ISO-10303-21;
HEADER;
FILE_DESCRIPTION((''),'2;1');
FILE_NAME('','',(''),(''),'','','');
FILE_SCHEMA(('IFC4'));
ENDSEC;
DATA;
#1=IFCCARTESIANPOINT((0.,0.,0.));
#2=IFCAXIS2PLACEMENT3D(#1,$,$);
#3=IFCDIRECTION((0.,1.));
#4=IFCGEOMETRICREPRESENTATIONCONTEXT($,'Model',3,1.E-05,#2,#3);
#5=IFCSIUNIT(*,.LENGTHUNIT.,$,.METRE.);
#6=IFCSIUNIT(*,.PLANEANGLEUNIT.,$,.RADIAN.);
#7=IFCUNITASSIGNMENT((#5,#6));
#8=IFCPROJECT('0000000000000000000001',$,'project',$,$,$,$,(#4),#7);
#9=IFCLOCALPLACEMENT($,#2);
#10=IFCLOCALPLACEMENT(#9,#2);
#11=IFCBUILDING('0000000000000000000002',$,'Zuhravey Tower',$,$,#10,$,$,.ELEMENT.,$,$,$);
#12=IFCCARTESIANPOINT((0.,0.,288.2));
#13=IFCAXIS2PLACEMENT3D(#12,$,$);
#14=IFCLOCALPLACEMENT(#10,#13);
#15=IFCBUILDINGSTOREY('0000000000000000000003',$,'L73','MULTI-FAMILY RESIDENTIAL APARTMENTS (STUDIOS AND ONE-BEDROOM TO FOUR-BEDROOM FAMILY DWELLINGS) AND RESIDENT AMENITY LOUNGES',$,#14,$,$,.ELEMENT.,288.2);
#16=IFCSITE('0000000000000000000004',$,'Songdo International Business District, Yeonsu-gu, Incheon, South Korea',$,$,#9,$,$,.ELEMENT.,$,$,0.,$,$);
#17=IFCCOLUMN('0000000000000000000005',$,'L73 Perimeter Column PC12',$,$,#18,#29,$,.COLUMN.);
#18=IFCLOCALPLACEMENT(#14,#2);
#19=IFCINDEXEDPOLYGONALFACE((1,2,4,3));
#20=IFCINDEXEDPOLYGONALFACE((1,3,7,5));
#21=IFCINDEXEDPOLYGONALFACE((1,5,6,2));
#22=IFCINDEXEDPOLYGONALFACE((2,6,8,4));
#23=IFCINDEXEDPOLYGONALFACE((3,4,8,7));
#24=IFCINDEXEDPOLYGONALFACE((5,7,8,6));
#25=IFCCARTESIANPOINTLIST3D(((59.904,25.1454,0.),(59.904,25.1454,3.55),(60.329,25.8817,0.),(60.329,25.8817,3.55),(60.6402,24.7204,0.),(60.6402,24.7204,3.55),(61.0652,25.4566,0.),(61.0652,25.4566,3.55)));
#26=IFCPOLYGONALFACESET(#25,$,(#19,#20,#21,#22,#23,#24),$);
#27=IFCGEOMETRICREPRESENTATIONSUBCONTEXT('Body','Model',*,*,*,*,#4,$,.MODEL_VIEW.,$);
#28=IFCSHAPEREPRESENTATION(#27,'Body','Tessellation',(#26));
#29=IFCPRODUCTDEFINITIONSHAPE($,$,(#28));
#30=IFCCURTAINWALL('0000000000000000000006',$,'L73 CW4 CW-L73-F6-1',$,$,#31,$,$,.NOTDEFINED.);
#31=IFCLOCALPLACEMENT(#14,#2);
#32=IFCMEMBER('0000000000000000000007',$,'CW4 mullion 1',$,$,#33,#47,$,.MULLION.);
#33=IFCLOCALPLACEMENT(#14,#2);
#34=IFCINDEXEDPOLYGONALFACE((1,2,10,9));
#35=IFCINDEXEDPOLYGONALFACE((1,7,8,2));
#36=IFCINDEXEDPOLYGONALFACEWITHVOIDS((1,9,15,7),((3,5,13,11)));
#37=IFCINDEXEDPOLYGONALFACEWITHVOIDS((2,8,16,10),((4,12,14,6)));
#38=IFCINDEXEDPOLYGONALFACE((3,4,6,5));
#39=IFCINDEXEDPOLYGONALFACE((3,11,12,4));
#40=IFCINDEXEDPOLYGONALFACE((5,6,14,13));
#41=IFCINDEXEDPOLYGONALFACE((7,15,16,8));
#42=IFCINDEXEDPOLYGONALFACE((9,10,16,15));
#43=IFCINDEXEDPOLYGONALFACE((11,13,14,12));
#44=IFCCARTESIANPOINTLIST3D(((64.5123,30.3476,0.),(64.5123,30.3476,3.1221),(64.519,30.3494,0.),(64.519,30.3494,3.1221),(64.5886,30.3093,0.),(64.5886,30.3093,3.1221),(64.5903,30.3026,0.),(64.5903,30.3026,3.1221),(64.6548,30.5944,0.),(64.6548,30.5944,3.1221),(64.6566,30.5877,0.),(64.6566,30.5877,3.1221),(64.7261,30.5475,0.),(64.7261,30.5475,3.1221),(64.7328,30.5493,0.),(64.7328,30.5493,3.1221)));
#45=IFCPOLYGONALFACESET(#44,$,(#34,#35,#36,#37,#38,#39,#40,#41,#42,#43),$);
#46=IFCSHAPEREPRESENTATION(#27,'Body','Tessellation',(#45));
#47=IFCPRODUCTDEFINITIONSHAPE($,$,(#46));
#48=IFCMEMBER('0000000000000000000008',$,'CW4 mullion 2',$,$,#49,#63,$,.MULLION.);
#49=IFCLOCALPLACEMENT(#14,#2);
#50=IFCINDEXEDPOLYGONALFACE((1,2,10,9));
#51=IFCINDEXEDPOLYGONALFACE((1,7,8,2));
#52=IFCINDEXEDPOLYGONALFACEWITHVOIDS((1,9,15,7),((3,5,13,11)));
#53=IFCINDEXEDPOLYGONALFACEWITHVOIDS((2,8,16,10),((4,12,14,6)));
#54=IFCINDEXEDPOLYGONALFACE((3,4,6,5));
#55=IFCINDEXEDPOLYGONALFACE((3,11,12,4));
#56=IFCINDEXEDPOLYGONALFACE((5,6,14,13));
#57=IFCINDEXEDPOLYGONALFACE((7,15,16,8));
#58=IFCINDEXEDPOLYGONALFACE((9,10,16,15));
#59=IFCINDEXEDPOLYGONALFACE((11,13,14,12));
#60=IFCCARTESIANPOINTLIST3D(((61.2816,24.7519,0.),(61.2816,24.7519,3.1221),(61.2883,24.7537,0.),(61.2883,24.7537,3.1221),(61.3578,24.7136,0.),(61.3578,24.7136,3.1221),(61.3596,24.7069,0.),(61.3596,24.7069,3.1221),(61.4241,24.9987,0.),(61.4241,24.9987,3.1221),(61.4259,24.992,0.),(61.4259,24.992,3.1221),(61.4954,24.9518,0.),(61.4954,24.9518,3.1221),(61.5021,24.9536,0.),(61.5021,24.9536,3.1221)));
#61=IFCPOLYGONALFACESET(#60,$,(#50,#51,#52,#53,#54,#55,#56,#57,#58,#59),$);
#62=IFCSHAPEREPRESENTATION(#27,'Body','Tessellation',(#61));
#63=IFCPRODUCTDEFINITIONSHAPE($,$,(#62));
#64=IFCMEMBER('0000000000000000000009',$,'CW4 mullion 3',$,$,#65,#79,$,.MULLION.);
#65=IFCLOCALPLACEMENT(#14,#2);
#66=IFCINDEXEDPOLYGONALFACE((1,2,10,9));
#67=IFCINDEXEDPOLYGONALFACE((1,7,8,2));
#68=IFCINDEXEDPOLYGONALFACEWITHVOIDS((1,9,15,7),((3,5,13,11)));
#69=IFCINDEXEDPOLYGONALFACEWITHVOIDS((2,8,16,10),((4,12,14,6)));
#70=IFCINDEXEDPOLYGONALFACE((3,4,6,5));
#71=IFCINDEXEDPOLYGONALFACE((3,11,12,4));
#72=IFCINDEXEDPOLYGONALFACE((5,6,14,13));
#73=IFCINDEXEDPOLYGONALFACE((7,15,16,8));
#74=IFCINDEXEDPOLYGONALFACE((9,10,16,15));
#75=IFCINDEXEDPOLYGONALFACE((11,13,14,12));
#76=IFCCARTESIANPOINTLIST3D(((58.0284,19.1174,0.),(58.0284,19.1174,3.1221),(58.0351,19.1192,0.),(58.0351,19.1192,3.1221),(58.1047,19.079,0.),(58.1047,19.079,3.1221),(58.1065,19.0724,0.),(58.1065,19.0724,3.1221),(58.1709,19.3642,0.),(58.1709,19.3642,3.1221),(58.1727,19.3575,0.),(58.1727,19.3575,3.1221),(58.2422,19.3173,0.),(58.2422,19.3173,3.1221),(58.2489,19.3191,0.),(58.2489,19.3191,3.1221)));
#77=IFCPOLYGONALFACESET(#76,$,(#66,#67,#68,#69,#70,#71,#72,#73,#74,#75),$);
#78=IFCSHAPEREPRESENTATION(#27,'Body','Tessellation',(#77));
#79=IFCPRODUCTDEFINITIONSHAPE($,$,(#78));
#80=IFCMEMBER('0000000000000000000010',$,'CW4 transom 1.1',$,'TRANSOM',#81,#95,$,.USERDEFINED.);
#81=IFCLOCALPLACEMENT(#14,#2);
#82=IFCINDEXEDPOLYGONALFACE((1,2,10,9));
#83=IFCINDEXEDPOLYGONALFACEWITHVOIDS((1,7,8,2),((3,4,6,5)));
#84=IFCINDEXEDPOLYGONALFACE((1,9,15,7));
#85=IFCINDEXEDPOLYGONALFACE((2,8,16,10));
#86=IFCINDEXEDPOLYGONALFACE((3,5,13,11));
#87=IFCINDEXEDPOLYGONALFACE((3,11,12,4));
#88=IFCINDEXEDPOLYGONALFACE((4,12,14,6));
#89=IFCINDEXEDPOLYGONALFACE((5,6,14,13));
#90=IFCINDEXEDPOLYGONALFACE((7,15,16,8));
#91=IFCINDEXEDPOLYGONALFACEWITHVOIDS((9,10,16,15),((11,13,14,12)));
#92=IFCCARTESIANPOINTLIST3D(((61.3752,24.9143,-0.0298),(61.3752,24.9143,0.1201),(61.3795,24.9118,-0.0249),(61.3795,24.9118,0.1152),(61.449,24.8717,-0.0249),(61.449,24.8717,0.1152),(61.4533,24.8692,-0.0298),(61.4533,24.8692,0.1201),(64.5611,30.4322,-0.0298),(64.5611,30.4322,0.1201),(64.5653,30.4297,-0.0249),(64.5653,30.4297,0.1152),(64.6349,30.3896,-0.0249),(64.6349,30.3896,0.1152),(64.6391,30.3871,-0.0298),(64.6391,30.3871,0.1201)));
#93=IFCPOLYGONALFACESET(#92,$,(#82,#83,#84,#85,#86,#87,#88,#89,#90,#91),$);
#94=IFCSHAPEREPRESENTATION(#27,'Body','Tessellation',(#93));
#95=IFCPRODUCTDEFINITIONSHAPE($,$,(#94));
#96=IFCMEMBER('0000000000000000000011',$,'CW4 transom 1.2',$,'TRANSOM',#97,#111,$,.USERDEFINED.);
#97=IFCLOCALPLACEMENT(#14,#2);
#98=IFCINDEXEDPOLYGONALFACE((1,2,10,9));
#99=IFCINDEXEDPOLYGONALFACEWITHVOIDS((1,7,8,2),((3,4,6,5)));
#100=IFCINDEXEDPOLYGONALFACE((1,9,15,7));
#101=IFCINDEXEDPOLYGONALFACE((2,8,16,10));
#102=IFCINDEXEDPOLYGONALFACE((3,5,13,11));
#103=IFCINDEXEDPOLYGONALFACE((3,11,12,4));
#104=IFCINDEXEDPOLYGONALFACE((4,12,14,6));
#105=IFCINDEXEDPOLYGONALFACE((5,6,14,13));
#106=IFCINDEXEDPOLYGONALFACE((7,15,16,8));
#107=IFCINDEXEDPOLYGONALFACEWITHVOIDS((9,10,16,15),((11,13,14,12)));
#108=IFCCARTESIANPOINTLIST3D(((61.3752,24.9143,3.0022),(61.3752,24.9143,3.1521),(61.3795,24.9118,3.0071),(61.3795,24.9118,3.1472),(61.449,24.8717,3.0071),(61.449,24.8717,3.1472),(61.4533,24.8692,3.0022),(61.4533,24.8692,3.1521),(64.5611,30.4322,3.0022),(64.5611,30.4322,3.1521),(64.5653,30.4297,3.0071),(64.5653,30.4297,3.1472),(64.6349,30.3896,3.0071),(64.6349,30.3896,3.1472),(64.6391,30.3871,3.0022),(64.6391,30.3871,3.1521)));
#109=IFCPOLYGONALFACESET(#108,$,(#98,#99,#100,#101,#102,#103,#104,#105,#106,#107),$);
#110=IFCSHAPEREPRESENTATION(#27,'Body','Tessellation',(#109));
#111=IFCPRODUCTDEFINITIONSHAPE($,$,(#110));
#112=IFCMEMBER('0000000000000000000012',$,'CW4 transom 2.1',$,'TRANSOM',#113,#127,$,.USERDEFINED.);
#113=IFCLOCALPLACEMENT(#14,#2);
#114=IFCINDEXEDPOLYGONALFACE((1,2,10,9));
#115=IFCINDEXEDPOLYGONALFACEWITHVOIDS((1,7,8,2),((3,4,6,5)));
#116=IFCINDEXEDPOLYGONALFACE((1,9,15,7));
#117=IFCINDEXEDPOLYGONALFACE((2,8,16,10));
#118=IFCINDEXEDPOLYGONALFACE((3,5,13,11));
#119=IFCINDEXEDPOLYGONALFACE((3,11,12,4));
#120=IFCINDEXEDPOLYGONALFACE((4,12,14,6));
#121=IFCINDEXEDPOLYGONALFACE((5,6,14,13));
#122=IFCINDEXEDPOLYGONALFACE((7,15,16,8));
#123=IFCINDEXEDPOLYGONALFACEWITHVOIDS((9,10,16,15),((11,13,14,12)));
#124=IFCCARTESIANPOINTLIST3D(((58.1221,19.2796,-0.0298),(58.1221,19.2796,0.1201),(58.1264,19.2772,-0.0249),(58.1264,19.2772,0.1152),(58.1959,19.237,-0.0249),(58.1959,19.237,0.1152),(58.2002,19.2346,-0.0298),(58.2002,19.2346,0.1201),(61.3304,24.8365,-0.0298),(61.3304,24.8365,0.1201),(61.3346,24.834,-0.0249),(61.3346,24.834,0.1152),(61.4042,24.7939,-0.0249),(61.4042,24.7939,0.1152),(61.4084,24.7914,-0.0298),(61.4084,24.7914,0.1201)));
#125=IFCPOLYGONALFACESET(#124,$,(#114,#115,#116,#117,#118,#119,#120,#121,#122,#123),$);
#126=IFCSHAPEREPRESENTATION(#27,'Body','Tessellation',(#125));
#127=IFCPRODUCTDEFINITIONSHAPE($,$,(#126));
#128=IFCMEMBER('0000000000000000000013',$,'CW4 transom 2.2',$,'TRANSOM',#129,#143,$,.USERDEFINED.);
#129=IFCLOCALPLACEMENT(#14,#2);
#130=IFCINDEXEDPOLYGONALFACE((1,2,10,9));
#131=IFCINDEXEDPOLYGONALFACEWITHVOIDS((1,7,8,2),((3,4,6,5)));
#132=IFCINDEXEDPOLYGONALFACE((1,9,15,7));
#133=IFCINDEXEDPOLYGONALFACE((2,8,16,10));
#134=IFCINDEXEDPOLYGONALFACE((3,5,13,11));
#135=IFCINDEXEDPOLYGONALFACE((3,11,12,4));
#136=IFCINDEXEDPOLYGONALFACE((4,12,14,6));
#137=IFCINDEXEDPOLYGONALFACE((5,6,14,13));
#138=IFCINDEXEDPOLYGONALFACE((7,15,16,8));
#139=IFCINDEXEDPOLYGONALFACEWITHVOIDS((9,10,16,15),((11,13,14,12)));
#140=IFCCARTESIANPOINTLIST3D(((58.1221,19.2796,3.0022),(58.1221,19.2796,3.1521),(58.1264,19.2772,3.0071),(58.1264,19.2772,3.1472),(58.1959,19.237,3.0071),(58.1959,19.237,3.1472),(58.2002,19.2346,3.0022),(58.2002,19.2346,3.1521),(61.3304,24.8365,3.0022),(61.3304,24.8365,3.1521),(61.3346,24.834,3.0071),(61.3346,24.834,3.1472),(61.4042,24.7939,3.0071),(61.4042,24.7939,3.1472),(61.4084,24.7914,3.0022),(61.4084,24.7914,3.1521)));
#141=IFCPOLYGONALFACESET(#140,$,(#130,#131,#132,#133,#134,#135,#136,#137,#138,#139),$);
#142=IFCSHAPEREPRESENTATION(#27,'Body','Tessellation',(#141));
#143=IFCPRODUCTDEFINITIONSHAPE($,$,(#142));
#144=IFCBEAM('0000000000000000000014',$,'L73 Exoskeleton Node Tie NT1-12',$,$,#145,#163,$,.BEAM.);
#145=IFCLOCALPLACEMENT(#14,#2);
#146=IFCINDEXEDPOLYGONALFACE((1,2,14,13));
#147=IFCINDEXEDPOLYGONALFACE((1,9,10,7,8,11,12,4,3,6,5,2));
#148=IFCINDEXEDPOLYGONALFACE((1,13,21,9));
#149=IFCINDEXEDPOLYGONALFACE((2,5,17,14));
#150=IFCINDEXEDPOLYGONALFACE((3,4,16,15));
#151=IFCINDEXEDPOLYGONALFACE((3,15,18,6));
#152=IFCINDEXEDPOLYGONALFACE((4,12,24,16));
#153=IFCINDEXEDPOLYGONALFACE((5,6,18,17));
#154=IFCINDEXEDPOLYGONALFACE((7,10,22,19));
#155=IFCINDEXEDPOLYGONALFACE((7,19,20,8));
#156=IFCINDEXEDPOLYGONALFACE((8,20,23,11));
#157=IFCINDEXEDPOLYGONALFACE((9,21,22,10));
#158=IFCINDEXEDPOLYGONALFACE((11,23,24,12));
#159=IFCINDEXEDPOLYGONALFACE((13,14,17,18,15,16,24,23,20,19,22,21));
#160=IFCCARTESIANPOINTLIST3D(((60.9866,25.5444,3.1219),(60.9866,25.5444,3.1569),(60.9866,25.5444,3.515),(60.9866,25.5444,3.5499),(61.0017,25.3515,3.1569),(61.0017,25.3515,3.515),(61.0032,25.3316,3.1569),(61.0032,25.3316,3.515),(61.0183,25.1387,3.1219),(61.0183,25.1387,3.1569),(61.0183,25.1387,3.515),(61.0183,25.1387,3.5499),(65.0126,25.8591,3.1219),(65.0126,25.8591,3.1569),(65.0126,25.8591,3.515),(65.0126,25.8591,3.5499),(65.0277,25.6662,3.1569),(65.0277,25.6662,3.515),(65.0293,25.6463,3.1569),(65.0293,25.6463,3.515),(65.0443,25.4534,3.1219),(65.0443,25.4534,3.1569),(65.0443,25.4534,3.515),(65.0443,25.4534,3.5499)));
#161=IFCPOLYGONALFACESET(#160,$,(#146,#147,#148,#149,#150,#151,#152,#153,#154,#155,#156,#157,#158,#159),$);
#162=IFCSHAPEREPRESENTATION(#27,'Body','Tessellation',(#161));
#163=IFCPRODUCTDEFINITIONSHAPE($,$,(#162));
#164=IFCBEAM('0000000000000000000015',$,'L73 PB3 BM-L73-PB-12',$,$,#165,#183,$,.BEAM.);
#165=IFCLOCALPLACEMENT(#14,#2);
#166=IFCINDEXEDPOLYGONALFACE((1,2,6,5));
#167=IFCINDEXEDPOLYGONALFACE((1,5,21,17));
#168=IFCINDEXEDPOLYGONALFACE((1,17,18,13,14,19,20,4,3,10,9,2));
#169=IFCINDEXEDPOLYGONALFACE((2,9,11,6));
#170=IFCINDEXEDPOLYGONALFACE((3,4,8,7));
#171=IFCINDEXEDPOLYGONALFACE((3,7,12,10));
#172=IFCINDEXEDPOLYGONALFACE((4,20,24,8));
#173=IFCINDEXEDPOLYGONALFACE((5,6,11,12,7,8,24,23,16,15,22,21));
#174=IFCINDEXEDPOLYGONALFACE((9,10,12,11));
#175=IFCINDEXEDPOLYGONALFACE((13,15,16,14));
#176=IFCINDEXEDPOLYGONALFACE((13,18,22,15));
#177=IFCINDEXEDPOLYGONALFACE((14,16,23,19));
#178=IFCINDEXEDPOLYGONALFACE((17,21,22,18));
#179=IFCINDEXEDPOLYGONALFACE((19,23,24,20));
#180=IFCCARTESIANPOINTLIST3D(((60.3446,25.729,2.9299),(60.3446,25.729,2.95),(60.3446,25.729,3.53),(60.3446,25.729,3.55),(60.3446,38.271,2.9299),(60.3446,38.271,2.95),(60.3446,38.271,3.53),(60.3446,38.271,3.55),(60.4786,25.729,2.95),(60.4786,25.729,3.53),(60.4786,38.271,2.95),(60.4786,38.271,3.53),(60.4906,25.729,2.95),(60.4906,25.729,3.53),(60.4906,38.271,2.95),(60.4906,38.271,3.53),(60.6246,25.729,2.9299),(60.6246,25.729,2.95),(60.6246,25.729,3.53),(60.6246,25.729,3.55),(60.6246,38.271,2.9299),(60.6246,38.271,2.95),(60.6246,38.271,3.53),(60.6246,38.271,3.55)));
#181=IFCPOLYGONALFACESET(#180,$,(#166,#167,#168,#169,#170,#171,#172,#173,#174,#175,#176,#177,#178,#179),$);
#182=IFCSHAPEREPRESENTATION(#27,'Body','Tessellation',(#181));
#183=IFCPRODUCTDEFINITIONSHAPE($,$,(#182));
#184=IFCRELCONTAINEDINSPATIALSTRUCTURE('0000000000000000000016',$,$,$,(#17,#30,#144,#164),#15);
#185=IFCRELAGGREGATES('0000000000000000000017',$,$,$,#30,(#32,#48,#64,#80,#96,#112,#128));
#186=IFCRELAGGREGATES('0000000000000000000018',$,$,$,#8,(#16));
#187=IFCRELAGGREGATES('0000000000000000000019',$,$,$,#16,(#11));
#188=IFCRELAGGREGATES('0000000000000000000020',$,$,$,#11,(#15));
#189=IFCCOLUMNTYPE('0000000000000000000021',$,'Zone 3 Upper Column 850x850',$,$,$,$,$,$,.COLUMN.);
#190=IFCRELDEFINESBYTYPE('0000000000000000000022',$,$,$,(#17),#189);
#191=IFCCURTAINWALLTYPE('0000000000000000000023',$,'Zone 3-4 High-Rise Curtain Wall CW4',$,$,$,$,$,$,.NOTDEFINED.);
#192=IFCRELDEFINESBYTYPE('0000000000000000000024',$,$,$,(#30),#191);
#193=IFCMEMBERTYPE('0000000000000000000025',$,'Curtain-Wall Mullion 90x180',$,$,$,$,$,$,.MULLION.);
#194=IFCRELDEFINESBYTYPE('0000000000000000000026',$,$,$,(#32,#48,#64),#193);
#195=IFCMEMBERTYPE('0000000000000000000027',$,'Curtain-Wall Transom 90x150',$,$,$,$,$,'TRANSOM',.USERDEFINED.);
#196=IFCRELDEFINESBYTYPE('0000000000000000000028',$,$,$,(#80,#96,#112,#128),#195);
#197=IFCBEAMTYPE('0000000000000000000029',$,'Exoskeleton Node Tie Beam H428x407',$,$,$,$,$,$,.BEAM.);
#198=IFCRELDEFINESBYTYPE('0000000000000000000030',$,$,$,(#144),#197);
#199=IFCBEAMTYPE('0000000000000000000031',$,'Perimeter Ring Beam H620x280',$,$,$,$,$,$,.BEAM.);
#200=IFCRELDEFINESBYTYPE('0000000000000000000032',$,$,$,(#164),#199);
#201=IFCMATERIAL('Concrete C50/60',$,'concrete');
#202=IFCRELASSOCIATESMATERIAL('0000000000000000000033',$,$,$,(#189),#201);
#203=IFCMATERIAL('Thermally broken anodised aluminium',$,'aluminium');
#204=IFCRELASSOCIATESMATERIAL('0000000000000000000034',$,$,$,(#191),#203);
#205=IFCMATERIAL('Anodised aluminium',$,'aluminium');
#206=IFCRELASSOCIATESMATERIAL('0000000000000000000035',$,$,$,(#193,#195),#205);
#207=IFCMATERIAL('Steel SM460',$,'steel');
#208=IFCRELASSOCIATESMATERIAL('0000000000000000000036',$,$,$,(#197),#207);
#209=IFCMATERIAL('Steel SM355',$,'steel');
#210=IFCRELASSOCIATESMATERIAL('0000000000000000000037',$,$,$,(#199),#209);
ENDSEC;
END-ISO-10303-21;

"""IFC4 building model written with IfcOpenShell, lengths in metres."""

from ifc_helpers import new_model, si_unit, direction, frame, origin, origin_2d, place, context, subcontext, project, spatial, rectangle, hollow_rectangle, i_section, extrude, material, material_profile, profile_set, type_object, element, aggregate, save


model = new_model("IFC4")

# Units and contexts
model_context = context("Model", 3, precision=1e-05, world=origin(), true_north=direction((0.0, 1.0)))
body_context = subcontext(model_context, "Body", "Model", "MODEL_VIEW")
ifc_project = project(units=[si_unit("LENGTHUNIT", "METRE"), si_unit("PLANEANGLEUNIT", "RADIAN")], contexts=[model_context])

# Site, building, storey
site_placement = place(None, origin())
site = spatial("IfcSite", under=ifc_project, at=site_placement, Name="Songdo International Business District, Yeonsu-gu, Incheon, South Korea", CompositionType="ELEMENT", RefElevation=0.0)
building_placement = place(site_placement, origin())
building = spatial("IfcBuilding", under=site, at=building_placement, Name="Zuhravey Tower", CompositionType="ELEMENT")
storey_placement = place(building_placement, frame((0.0, 0.0, 288.2)))
storey = spatial("IfcBuildingStorey", under=building, at=storey_placement, Name="L73", Description="MULTI-FAMILY RESIDENTIAL APARTMENTS (STUDIOS AND ONE-BEDROOM TO FOUR-BEDROOM FAMILY DWELLINGS) AND RESIDENT AMENITY LOUNGES", CompositionType="ELEMENT", Elevation=288.2)

# Column
ifc_material_1 = material(Name="Concrete C50/60", Category="concrete")
ifc_material_profile_1 = material_profile(ifc_material_1, rectangle(XDim=0.8501, YDim=0.8501, at=origin_2d()), Name="RC-850x850")
ifc_profile_set_1 = profile_set([ifc_material_profile_1], Name="Concrete C50/60")
column_type = type_object("IfcColumnType", Name="Zone 3 Upper Column 850x850", PredefinedType="COLUMN", material=ifc_profile_set_1)
column_placement = place(storey_placement, frame((60.4846, 25.301, 0.0), z_axis=(0.0, 0.0, 1.0), x_axis=(0.5, 0.866025, 0.0)))
element("IfcColumn", 1, at=column_placement, inside=storey, type_object=column_type, Name="L73 Perimeter Column PC12", PredefinedType="COLUMN", context=body_context, shape_type="SweptSolid", body=[
    extrude(rectangle(XDim=0.8501, YDim=0.8501, at=origin_2d()), origin(), (0.0, 0.0, 1.0), 3.55),
])

# Curtain wall, members
ifc_material_2 = material(Name="Thermally broken anodised aluminium", Category="aluminium")
curtain_wall_type = type_object("IfcCurtainWallType", Name="Zone 3-4 High-Rise Curtain Wall CW4", PredefinedType="NOTDEFINED", material=ifc_material_2)
curtain_wall_placement = place(storey_placement, origin())
curtain_wall = element("IfcCurtainWall", 2, at=curtain_wall_placement, inside=storey, type_object=curtain_wall_type, Name="L73 CW4 CW-L73-F6-1", PredefinedType="NOTDEFINED")
ifc_material_3 = material(Name="Anodised aluminium", Category="aluminium")
ifc_material_profile_2 = material_profile(ifc_material_3, hollow_rectangle(XDim=0.0901, YDim=0.2849, WallThickness=0.0049, at=origin_2d()), Name="ALU-RHS-90x285x5")
ifc_profile_set_2 = profile_set([ifc_material_profile_2], Name="Anodised aluminium")
member_type_1 = type_object("IfcMemberType", Name="Curtain-Wall Mullion 90x180", PredefinedType="MULLION", material=ifc_profile_set_2)
member_1_placement = place(storey_placement, frame((64.6226, 30.4485, 0.0), z_axis=(0.0, 0.0, 1.0), x_axis=(0.866025, -0.500001, 0.0)))
member_1 = element("IfcMember", 3, at=member_1_placement, type_object=member_type_1, Name="CW4 mullion 1", PredefinedType="MULLION", context=body_context, shape_type="SweptSolid", body=[
    extrude(hollow_rectangle(XDim=0.0901, YDim=0.2849, WallThickness=0.0049, at=origin_2d()), origin(), (0.0, 0.0, 1.0), 3.1221),
])
member_2_placement = place(storey_placement, frame((61.3918, 24.8528, 0.0), z_axis=(0.0, 0.0, 1.0), x_axis=(0.866025, -0.500001, 0.0)))
member_2 = element("IfcMember", 4, at=member_2_placement, type_object=member_type_1, Name="CW4 mullion 2", PredefinedType="MULLION", context=body_context, shape_type="SweptSolid", body=[
    extrude(hollow_rectangle(XDim=0.0901, YDim=0.2849, WallThickness=0.0049, at=origin_2d()), origin(), (0.0, 0.0, 1.0), 3.1221),
])
member_3_placement = place(storey_placement, frame((58.1387, 19.2183, 0.0), z_axis=(0.0, 0.0, 1.0), x_axis=(0.866025, -0.500001, 0.0)))
member_3 = element("IfcMember", 5, at=member_3_placement, type_object=member_type_1, Name="CW4 mullion 3", PredefinedType="MULLION", context=body_context, shape_type="SweptSolid", body=[
    extrude(hollow_rectangle(XDim=0.0901, YDim=0.2849, WallThickness=0.0049, at=origin_2d()), origin(), (0.0, 0.0, 1.0), 3.1221),
])
ifc_material_profile_3 = material_profile(ifc_material_3, hollow_rectangle(XDim=0.0901, YDim=0.1499, WallThickness=0.0049, at=origin_2d()), Name="ALU-RHS-90x150x5")
ifc_profile_set_3 = profile_set([ifc_material_profile_3], Name="Anodised aluminium")
member_type_2 = type_object("IfcMemberType", Name="Curtain-Wall Transom 90x150", ElementType="TRANSOM", PredefinedType="USERDEFINED", material=ifc_profile_set_3)
member_4_placement = place(storey_placement, frame((64.6001, 30.4097, 0.0452), z_axis=(-0.500009, -0.86602, 0.0), x_axis=(0.86602, -0.500009, 0.0)))
member_4 = element("IfcMember", 6, at=member_4_placement, type_object=member_type_2, Name="CW4 transom 1.1", ObjectType="TRANSOM", PredefinedType="USERDEFINED", context=body_context, shape_type="SweptSolid", body=[
    extrude(hollow_rectangle(XDim=0.0901, YDim=0.1499, WallThickness=0.0049, at=origin_2d()), origin(), (0.0, 0.0, 1.0), 6.3716),
])
member_5_placement = place(storey_placement, frame((64.6001, 30.4097, 3.0771), z_axis=(-0.500009, -0.86602, 0.0), x_axis=(0.86602, -0.500009, 0.0)))
member_5 = element("IfcMember", 7, at=member_5_placement, type_object=member_type_2, Name="CW4 transom 1.2", ObjectType="TRANSOM", PredefinedType="USERDEFINED", context=body_context, shape_type="SweptSolid", body=[
    extrude(hollow_rectangle(XDim=0.0901, YDim=0.1499, WallThickness=0.0049, at=origin_2d()), origin(), (0.0, 0.0, 1.0), 6.3716),
])
member_6_placement = place(storey_placement, frame((61.3694, 24.814, 0.0452), z_axis=(-0.499998, -0.866027, 0.0), x_axis=(0.866027, -0.499998, 0.0)))
member_6 = element("IfcMember", 8, at=member_6_placement, type_object=member_type_2, Name="CW4 transom 2.1", ObjectType="TRANSOM", PredefinedType="USERDEFINED", context=body_context, shape_type="SweptSolid", body=[
    extrude(hollow_rectangle(XDim=0.0901, YDim=0.1499, WallThickness=0.0049, at=origin_2d()), origin(), (0.0, 0.0, 1.0), 6.4165),
])
member_7_placement = place(storey_placement, frame((61.3694, 24.814, 3.0771), z_axis=(-0.499998, -0.866027, 0.0), x_axis=(0.866027, -0.499998, 0.0)))
member_7 = element("IfcMember", 9, at=member_7_placement, type_object=member_type_2, Name="CW4 transom 2.2", ObjectType="TRANSOM", PredefinedType="USERDEFINED", context=body_context, shape_type="SweptSolid", body=[
    extrude(hollow_rectangle(XDim=0.0901, YDim=0.1499, WallThickness=0.0049, at=origin_2d()), origin(), (0.0, 0.0, 1.0), 6.4165),
])

# Beams
ifc_material_4 = material(Name="Steel SM460", Category="steel")
ifc_material_profile_4 = material_profile(ifc_material_4, i_section(OverallWidth=0.407, OverallDepth=0.428, WebThickness=0.02, FlangeThickness=0.0349, at=origin_2d()), Name="H-428x407x20x35")
ifc_profile_set_4 = profile_set([ifc_material_profile_4], Name="Steel SM460")
beam_type_1 = type_object("IfcBeamType", Name="Exoskeleton Node Tie Beam H428x407", PredefinedType="BEAM", material=ifc_profile_set_4)
beam_1_placement = place(storey_placement, frame((61.0024, 25.3416, 3.3359), z_axis=(0.996959, 0.077926, 0.0), x_axis=(-0.077926, 0.996959, 0.0)))
element("IfcBeam", 10, at=beam_1_placement, inside=storey, type_object=beam_type_1, Name="L73 Exoskeleton Node Tie NT1-12", PredefinedType="BEAM", context=body_context, shape_type="SweptSolid", body=[
    extrude(i_section(OverallWidth=0.407, OverallDepth=0.428, WebThickness=0.02, FlangeThickness=0.0349, at=origin_2d()), origin(), (0.0, 0.0, 1.0), 4.0383),
])
ifc_material_5 = material(Name="Steel SM355", Category="steel")
ifc_material_profile_5 = material_profile(ifc_material_5, i_section(OverallWidth=0.28, OverallDepth=0.6201, WebThickness=0.012, FlangeThickness=0.02, at=origin_2d()), Name="H-620x280x12x20")
ifc_profile_set_5 = profile_set([ifc_material_profile_5], Name="Steel SM355")
beam_type_2 = type_object("IfcBeamType", Name="Perimeter Ring Beam H620x280", PredefinedType="BEAM", material=ifc_profile_set_5)
beam_2_placement = place(storey_placement, frame((60.4846, 25.729, 3.24), z_axis=(0.0, 1.0, 0.0), x_axis=(-1.0, 0.0, 0.0)))
element("IfcBeam", 11, at=beam_2_placement, inside=storey, type_object=beam_type_2, Name="L73 PB3 BM-L73-PB-12", PredefinedType="BEAM", context=body_context, shape_type="SweptSolid", body=[
    extrude(i_section(OverallWidth=0.28, OverallDepth=0.6201, WebThickness=0.012, FlangeThickness=0.02, at=origin_2d()), origin(), (0.0, 0.0, 1.0), 12.542),
])

aggregate(curtain_wall, [member_1, member_2, member_3, member_4, member_5, member_6, member_7])

save(model, "model.ifc")
